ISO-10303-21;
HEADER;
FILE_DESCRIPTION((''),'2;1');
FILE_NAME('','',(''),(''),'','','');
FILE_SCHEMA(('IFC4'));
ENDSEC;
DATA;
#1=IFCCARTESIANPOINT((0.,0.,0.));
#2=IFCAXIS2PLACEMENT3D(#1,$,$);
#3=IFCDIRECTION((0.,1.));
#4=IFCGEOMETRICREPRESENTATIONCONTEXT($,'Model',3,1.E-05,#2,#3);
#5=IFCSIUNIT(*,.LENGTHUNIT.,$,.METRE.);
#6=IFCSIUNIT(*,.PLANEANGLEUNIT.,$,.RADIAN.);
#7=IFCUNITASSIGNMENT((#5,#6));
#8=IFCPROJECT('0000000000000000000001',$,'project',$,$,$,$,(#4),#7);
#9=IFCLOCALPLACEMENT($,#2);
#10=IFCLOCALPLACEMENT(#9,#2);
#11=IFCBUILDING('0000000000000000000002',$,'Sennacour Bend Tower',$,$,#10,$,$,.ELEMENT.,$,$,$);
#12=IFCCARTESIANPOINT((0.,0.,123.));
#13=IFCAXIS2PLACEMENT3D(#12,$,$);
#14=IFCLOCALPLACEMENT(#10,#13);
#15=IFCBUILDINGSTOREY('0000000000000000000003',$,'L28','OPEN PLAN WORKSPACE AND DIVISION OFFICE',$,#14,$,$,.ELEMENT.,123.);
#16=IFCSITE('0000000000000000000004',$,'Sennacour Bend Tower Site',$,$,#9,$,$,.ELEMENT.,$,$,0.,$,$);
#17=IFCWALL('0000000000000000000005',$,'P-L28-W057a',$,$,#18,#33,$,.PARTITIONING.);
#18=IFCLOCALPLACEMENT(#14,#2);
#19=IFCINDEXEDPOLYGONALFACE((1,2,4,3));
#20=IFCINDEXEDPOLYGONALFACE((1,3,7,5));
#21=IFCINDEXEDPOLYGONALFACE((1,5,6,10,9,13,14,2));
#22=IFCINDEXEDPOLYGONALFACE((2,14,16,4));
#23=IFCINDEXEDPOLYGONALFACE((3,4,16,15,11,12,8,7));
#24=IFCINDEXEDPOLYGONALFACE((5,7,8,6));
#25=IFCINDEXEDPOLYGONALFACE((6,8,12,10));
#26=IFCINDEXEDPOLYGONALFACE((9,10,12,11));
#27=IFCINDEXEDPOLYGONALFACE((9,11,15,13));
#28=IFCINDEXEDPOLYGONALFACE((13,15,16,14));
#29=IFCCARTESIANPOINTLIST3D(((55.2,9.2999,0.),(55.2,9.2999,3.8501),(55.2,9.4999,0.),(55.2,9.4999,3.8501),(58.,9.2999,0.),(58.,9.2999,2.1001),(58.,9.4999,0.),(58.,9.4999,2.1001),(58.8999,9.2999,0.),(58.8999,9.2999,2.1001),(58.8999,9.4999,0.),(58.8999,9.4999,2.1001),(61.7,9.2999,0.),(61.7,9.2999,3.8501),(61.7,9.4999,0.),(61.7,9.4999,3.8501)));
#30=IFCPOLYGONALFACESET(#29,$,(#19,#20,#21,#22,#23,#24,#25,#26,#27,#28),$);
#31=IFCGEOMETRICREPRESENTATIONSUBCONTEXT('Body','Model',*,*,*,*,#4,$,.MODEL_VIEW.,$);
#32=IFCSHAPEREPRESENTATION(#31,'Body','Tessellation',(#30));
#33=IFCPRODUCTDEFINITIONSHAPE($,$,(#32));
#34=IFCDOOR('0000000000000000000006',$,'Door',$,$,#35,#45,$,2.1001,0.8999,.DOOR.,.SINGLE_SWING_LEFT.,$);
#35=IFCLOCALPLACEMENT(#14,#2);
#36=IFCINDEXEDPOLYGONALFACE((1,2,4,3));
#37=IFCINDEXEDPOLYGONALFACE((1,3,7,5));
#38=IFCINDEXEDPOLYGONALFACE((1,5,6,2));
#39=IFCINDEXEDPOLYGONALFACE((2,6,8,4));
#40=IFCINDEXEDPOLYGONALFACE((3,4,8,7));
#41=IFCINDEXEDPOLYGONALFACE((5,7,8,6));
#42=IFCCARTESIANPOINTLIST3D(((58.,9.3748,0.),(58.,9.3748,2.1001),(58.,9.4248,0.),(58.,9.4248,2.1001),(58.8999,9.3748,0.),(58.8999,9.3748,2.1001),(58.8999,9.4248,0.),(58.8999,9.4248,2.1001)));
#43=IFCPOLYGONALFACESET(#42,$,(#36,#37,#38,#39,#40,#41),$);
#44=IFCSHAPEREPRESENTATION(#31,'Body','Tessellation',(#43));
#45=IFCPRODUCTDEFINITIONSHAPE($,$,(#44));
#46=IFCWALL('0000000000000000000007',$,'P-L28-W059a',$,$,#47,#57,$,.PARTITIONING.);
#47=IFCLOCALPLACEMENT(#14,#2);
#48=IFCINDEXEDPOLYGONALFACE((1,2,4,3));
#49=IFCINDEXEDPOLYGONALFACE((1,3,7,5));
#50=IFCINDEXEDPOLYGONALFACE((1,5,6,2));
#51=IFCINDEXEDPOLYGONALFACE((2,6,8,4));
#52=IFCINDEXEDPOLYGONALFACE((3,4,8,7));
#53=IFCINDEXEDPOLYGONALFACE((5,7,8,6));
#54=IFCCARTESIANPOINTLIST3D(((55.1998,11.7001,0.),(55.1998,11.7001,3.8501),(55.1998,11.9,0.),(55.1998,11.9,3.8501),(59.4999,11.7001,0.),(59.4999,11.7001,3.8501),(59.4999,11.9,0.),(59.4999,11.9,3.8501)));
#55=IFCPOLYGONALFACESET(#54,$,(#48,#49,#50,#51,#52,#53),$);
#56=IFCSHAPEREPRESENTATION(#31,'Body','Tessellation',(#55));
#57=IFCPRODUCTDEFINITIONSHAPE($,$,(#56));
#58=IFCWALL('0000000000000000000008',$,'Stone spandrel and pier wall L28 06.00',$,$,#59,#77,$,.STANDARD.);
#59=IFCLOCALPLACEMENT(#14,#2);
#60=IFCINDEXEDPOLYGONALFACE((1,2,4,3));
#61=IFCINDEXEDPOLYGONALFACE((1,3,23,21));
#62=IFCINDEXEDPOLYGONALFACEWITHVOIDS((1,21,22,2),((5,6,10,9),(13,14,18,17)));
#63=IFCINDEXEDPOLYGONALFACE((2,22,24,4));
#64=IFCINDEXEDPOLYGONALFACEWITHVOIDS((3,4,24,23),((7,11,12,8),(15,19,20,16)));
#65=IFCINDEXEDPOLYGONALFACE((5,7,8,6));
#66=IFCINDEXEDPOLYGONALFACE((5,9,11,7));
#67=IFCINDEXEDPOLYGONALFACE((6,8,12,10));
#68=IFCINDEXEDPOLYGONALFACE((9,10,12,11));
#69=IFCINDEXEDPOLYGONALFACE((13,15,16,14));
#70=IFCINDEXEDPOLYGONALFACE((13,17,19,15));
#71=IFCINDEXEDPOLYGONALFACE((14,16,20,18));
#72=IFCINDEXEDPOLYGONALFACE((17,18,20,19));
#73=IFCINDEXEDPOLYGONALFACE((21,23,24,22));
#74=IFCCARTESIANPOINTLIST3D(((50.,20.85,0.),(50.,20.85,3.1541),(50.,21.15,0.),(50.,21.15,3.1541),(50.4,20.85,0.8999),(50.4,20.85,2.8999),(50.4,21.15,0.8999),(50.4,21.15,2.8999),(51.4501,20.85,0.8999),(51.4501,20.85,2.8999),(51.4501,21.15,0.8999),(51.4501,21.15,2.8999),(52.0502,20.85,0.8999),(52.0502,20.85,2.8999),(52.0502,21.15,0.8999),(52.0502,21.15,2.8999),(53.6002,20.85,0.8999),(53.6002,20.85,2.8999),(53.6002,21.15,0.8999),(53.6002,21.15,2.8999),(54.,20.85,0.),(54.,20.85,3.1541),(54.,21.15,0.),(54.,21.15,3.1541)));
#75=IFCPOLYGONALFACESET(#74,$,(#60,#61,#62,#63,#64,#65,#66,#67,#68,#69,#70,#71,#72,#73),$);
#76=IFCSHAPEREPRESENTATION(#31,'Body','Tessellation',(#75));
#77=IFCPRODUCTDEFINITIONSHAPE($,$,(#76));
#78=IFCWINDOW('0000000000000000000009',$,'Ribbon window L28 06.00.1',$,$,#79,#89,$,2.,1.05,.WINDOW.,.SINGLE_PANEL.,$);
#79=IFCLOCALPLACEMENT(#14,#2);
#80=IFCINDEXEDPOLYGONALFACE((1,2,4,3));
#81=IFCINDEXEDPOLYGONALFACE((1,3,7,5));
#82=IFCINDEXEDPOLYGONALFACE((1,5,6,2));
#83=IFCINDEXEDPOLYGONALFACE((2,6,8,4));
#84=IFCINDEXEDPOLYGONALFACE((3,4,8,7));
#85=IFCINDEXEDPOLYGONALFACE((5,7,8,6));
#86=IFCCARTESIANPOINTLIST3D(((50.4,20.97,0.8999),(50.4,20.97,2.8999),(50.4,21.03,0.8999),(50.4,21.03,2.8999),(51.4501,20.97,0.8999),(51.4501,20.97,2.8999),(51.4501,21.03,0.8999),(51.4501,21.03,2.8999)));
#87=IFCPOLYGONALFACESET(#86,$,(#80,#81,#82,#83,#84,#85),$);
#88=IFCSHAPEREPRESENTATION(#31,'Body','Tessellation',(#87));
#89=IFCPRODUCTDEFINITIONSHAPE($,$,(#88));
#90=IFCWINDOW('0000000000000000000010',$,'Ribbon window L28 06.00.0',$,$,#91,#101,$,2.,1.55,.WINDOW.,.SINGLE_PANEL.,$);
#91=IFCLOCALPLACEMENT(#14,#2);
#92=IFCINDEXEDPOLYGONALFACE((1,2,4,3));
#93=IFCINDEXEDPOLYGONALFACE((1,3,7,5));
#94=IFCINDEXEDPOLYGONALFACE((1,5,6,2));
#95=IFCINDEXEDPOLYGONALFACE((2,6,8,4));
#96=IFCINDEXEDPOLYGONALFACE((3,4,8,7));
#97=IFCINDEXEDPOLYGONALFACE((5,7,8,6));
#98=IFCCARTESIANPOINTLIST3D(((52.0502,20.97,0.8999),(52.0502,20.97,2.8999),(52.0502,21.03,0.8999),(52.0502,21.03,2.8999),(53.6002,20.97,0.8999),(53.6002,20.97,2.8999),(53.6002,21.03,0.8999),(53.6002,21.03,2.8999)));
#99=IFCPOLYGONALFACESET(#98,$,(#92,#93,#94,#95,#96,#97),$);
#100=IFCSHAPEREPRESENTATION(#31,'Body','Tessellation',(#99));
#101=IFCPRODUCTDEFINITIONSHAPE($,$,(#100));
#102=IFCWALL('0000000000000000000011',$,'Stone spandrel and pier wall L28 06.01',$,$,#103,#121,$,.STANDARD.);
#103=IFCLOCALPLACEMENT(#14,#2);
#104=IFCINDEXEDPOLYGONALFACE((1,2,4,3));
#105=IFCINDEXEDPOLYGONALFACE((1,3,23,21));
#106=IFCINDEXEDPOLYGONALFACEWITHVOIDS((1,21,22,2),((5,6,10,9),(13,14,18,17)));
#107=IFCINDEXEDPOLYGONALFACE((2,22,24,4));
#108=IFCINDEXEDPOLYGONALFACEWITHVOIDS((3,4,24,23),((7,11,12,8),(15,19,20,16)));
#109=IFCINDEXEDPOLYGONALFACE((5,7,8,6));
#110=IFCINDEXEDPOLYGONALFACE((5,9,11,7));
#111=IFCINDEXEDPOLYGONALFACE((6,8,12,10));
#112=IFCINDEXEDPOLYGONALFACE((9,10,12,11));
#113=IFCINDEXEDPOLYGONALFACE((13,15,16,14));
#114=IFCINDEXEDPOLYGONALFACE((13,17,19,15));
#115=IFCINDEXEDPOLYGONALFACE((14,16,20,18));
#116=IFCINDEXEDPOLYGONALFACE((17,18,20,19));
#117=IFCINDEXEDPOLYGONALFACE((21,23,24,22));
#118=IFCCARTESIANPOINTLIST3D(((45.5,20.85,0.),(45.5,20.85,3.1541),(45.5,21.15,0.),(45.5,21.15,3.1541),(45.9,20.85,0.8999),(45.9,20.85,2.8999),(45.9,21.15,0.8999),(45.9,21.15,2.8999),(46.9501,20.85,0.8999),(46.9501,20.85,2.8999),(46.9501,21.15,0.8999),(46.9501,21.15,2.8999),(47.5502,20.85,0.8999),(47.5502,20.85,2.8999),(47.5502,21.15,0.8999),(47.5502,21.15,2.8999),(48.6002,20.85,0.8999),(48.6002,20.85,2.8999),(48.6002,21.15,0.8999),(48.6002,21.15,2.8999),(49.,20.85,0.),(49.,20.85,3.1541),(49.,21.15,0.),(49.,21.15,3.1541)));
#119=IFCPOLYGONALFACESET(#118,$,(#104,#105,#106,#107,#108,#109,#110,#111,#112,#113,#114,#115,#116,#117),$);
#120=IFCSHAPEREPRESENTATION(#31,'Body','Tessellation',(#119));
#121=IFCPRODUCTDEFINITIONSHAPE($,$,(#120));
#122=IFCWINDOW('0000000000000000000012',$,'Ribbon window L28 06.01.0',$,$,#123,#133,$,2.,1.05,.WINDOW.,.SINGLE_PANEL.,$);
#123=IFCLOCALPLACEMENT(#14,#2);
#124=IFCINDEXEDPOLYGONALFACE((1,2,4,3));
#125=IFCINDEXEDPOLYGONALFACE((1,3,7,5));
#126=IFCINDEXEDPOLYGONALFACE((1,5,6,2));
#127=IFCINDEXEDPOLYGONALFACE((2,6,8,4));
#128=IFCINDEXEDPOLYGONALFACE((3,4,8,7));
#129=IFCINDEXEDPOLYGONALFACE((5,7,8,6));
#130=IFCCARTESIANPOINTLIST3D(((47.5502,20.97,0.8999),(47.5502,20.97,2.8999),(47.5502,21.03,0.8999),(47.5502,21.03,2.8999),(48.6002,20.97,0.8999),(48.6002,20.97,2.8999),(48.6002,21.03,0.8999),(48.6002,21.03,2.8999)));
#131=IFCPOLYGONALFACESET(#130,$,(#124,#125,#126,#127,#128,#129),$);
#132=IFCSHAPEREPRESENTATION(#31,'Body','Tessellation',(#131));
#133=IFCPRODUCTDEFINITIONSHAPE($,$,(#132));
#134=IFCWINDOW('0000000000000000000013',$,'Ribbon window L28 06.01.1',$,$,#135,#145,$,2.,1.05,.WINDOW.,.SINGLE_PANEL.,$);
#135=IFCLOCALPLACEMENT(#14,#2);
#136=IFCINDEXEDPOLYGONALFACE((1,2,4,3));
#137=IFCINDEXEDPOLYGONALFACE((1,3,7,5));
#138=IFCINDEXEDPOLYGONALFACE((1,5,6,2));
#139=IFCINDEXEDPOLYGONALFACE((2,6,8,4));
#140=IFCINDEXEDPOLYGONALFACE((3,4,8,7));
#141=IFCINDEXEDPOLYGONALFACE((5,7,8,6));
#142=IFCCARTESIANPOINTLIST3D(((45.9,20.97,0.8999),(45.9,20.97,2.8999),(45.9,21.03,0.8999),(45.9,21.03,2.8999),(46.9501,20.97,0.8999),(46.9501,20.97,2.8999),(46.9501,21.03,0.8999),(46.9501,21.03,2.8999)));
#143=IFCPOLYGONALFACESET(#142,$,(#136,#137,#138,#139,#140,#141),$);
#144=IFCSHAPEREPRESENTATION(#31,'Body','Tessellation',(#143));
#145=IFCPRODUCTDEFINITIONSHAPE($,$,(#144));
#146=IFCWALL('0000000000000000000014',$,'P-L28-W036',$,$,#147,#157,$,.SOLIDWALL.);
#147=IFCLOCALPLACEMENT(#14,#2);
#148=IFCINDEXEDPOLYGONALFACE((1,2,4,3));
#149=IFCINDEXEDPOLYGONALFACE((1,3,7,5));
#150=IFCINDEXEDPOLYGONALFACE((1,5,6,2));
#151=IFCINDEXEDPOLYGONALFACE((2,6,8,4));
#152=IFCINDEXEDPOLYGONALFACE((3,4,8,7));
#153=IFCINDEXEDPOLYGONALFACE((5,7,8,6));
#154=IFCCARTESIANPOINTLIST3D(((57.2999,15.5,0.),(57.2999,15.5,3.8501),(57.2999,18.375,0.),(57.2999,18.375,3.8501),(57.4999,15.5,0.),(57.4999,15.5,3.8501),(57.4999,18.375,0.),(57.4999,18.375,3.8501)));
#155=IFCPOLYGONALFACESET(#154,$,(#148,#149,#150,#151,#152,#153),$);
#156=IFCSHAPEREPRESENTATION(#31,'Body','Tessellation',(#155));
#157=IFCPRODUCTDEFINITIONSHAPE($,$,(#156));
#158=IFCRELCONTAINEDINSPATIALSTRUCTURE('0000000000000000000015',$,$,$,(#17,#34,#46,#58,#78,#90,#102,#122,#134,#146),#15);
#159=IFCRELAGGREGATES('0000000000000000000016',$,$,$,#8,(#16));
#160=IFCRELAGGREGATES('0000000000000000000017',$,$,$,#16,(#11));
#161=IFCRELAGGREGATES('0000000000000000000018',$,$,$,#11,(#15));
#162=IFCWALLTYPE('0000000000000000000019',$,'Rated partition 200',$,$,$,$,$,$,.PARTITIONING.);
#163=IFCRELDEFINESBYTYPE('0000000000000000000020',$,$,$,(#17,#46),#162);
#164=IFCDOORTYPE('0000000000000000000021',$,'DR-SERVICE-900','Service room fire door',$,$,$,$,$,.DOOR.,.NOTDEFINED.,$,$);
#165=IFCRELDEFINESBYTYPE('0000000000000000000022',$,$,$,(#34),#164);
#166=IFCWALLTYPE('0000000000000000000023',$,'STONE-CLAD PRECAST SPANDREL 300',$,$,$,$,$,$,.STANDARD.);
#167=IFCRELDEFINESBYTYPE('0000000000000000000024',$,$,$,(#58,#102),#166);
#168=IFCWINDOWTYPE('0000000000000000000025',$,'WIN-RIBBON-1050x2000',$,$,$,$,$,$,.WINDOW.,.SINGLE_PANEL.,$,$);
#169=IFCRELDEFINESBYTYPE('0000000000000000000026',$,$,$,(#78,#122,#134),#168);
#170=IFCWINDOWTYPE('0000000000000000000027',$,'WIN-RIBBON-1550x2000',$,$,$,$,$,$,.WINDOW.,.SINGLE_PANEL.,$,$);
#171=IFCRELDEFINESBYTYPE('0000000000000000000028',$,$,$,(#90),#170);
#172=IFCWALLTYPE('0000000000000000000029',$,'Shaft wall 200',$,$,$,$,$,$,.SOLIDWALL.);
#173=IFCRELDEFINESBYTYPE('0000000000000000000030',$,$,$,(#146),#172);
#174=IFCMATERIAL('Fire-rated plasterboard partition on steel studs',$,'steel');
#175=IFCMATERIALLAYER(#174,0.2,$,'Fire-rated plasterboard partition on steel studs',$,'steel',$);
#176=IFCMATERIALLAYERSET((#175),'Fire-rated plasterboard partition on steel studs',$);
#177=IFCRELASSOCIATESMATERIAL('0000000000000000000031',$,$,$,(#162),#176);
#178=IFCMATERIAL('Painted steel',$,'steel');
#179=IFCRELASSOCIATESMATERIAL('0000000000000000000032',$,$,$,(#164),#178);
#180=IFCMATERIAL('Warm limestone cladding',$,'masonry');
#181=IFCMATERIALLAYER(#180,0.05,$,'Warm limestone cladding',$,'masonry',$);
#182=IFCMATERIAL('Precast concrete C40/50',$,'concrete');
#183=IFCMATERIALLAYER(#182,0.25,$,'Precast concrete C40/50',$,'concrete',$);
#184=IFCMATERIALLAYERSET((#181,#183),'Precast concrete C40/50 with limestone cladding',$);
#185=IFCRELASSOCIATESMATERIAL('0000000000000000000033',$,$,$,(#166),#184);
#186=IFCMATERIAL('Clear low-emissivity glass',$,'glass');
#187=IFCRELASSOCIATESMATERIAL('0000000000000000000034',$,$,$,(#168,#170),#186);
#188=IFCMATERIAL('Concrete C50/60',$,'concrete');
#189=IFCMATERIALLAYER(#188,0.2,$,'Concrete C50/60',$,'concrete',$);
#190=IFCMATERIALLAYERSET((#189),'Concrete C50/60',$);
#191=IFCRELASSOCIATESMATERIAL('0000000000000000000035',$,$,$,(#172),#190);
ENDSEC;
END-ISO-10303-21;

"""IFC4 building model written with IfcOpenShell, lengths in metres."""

from ifc_helpers import new_model, si_unit, direction, frame, frame_2d, origin, place, context, subcontext, project, spatial, rectangle, extrude, material, layer, layer_set, type_object, element, fill, save


model = new_model("IFC4")

# Units and contexts
model_context = context("Model", 3, precision=1e-05, world=origin(), true_north=direction((0.0, 1.0)))
body_context = subcontext(model_context, "Body", "Model", "MODEL_VIEW")
ifc_project = project(units=[si_unit("LENGTHUNIT", "METRE"), si_unit("PLANEANGLEUNIT", "RADIAN")], contexts=[model_context])

# Site, building, storey
site_placement = place(None, origin())
site = spatial("IfcSite", under=ifc_project, at=site_placement, Name="Sennacour Bend Tower Site", CompositionType="ELEMENT", RefElevation=0.0)
building_placement = place(site_placement, origin())
building = spatial("IfcBuilding", under=site, at=building_placement, Name="Sennacour Bend Tower", CompositionType="ELEMENT")
storey_placement = place(building_placement, frame((0.0, 0.0, 123.0)))
storey = spatial("IfcBuildingStorey", under=building, at=storey_placement, Name="L28", Description="OPEN PLAN WORKSPACE AND DIVISION OFFICE", CompositionType="ELEMENT", Elevation=123.0)

# Wall, opening, door
ifc_material_1 = material(Name="Fire-rated plasterboard partition on steel studs", Category="steel")
ifc_layer_1 = layer(ifc_material_1, 0.2, Name="Fire-rated plasterboard partition on steel studs", Category="steel")
ifc_layer_set_1 = layer_set([ifc_layer_1], Name="Fire-rated plasterboard partition on steel studs")
wall_type_1 = type_object("IfcWallType", Name="Rated partition 200", PredefinedType="PARTITIONING", material=ifc_layer_set_1)
wall_1_placement = place(storey_placement, frame((55.2, 9.3999, 0.0), z_axis=(0.0, 0.0, 1.0), x_axis=(1.0, 0.0, 0.0)))
wall_1 = element("IfcWall", 1, at=wall_1_placement, inside=storey, type_object=wall_type_1, Name="P-L28-W057a", PredefinedType="PARTITIONING", context=body_context, shape_type="SweptSolid", body=[
    extrude(rectangle(XDim=6.5, YDim=0.2, at=frame_2d((3.25, 0.0))), origin(), (0.0, 0.0, 1.0), 3.8501),
])
opening_1_placement = place(wall_1_placement, frame((2.8, 0.0, 0.0)))
opening_1 = element("IfcOpeningElement", 2, at=opening_1_placement, cuts=wall_1, PredefinedType="OPENING", context=body_context, shape_type="SweptSolid", body=[
    extrude(rectangle(XDim=0.8999, YDim=2.1001, at=frame_2d((0.45, 1.05))), frame((0.0, 0.1099, 0.0), z_axis=(0.0, -1.0, 0.0), x_axis=(1.0, 0.0, 0.0)), (0.0, 0.0, 1.0), 0.22),
])
ifc_material_2 = material(Name="Painted steel", Category="steel")
door_type_1 = type_object("IfcDoorType", Name="DR-SERVICE-900", Description="Service room fire door", OperationType="NOTDEFINED", PredefinedType="DOOR", material=ifc_material_2)
door_1_placement = place(opening_1_placement, origin())
door_1 = element("IfcDoor", 3, at=door_1_placement, inside=storey, type_object=door_type_1, Name="Door", OperationType="SINGLE_SWING_LEFT", OverallHeight=2.1001, OverallWidth=0.8999, PredefinedType="DOOR", context=body_context, shape_type="SweptSolid", body=[
    extrude(rectangle(XDim=0.8999, YDim=2.1001, at=frame_2d((0.45, 1.05))), frame((0.0, 0.0249, 0.0), z_axis=(0.0, -1.0, 0.0), x_axis=(1.0, 0.0, 0.0)), (0.0, 0.0, 1.0), 0.05),
])
fill(opening_1, door_1)

# Wall
wall_2_placement = place(storey_placement, frame((55.2, 11.8, 0.0), z_axis=(0.0, 0.0, 1.0), x_axis=(1.0, 0.0, 0.0)))
element("IfcWall", 4, at=wall_2_placement, inside=storey, type_object=wall_type_1, Name="P-L28-W059a", PredefinedType="PARTITIONING", context=body_context, shape_type="SweptSolid", body=[
    extrude(rectangle(XDim=4.3, YDim=0.2, at=frame_2d((2.1499, 0.0))), origin(), (0.0, 0.0, 1.0), 3.8501),
])

# Walls, openings, windows
ifc_material_3 = material(Name="Warm limestone cladding", Category="masonry")
ifc_layer_2 = layer(ifc_material_3, 0.05, Name="Warm limestone cladding", Category="masonry")
ifc_material_4 = material(Name="Precast concrete C40/50", Category="concrete")
ifc_layer_3 = layer(ifc_material_4, 0.25, Name="Precast concrete C40/50", Category="concrete")
ifc_layer_set_2 = layer_set([ifc_layer_2, ifc_layer_3], Name="Precast concrete C40/50 with limestone cladding")
wall_type_2 = type_object("IfcWallType", Name="STONE-CLAD PRECAST SPANDREL 300", PredefinedType="STANDARD", material=ifc_layer_set_2)
wall_3_placement = place(storey_placement, frame((54.0, 21.0, 0.0), z_axis=(0.0, 0.0, 1.0), x_axis=(-1.0, 0.0, 0.0)))
wall_3 = element("IfcWall", 5, at=wall_3_placement, inside=storey, type_object=wall_type_2, Name="Stone spandrel and pier wall L28 06.00", PredefinedType="STANDARD", context=body_context, shape_type="SweptSolid", body=[
    extrude(rectangle(XDim=4.0, YDim=0.3, at=frame_2d((2.0, 0.0))), origin(), (0.0, 0.0, 1.0), 3.1541),
])
opening_2_placement = place(wall_3_placement, frame((0.3999, 0.0, 0.8999)))
opening_2 = element("IfcOpeningElement", 6, at=opening_2_placement, cuts=wall_3, PredefinedType="OPENING", context=body_context, shape_type="SweptSolid", body=[
    extrude(rectangle(XDim=1.55, YDim=2.0, at=frame_2d((0.7749, 1.0))), frame((0.0, 0.1602, 0.0), z_axis=(0.0, -1.0, 0.0), x_axis=(1.0, 0.0, 0.0)), (0.0, 0.0, 1.0), 0.3201),
])
opening_3_placement = place(wall_3_placement, frame((2.55, 0.0, 0.8999)))
opening_3 = element("IfcOpeningElement", 7, at=opening_3_placement, cuts=wall_3, PredefinedType="OPENING", context=body_context, shape_type="SweptSolid", body=[
    extrude(rectangle(XDim=1.05, YDim=2.0, at=frame_2d((0.5249, 1.0))), frame((0.0, 0.1602, 0.0), z_axis=(0.0, -1.0, 0.0), x_axis=(1.0, 0.0, 0.0)), (0.0, 0.0, 1.0), 0.3201),
])
ifc_material_5 = material(Name="Clear low-emissivity glass", Category="glass")
window_type_1 = type_object("IfcWindowType", Name="WIN-RIBBON-1050x2000", PartitioningType="SINGLE_PANEL", PredefinedType="WINDOW", material=ifc_material_5)
window_1_placement = place(opening_3_placement, origin())
window_1 = element("IfcWindow", 8, at=window_1_placement, inside=storey, type_object=window_type_1, Name="Ribbon window L28 06.00.1", OverallHeight=2.0, OverallWidth=1.05, PartitioningType="SINGLE_PANEL", PredefinedType="WINDOW", context=body_context, shape_type="SweptSolid", body=[
    extrude(rectangle(XDim=1.05, YDim=2.0, at=frame_2d((0.5249, 1.0))), frame((0.0, 0.03, 0.0), z_axis=(0.0, -1.0, 0.0), x_axis=(1.0, 0.0, 0.0)), (0.0, 0.0, 1.0), 0.0601),
])
fill(opening_3, window_1)
window_type_2 = type_object("IfcWindowType", Name="WIN-RIBBON-1550x2000", PartitioningType="SINGLE_PANEL", PredefinedType="WINDOW", material=ifc_material_5)
window_2_placement = place(opening_2_placement, origin())
window_2 = element("IfcWindow", 9, at=window_2_placement, inside=storey, type_object=window_type_2, Name="Ribbon window L28 06.00.0", OverallHeight=2.0, OverallWidth=1.55, PartitioningType="SINGLE_PANEL", PredefinedType="WINDOW", context=body_context, shape_type="SweptSolid", body=[
    extrude(rectangle(XDim=1.55, YDim=2.0, at=frame_2d((0.7749, 1.0))), frame((0.0, 0.03, 0.0), z_axis=(0.0, -1.0, 0.0), x_axis=(1.0, 0.0, 0.0)), (0.0, 0.0, 1.0), 0.0601),
])
fill(opening_2, window_2)
wall_4_placement = place(storey_placement, frame((49.0, 21.0, 0.0), z_axis=(0.0, 0.0, 1.0), x_axis=(-1.0, 0.0, 0.0)))
wall_4 = element("IfcWall", 10, at=wall_4_placement, inside=storey, type_object=wall_type_2, Name="Stone spandrel and pier wall L28 06.01", PredefinedType="STANDARD", context=body_context, shape_type="SweptSolid", body=[
    extrude(rectangle(XDim=3.5, YDim=0.3, at=frame_2d((1.75, 0.0))), origin(), (0.0, 0.0, 1.0), 3.1541),
])
opening_4_placement = place(wall_4_placement, frame((0.3999, 0.0, 0.8999)))
opening_4 = element("IfcOpeningElement", 11, at=opening_4_placement, cuts=wall_4, PredefinedType="OPENING", context=body_context, shape_type="SweptSolid", body=[
    extrude(rectangle(XDim=1.05, YDim=2.0, at=frame_2d((0.5249, 1.0))), frame((0.0, 0.1602, 0.0), z_axis=(0.0, -1.0, 0.0), x_axis=(1.0, 0.0, 0.0)), (0.0, 0.0, 1.0), 0.3201),
])
opening_5_placement = place(wall_4_placement, frame((2.05, 0.0, 0.8999)))
opening_5 = element("IfcOpeningElement", 12, at=opening_5_placement, cuts=wall_4, PredefinedType="OPENING", context=body_context, shape_type="SweptSolid", body=[
    extrude(rectangle(XDim=1.05, YDim=2.0, at=frame_2d((0.5249, 1.0))), frame((0.0, 0.1602, 0.0), z_axis=(0.0, -1.0, 0.0), x_axis=(1.0, 0.0, 0.0)), (0.0, 0.0, 1.0), 0.3201),
])
window_3_placement = place(opening_4_placement, origin())
window_3 = element("IfcWindow", 13, at=window_3_placement, inside=storey, type_object=window_type_1, Name="Ribbon window L28 06.01.0", OverallHeight=2.0, OverallWidth=1.05, PartitioningType="SINGLE_PANEL", PredefinedType="WINDOW", context=body_context, shape_type="SweptSolid", body=[
    extrude(rectangle(XDim=1.05, YDim=2.0, at=frame_2d((0.5249, 1.0))), frame((0.0, 0.03, 0.0), z_axis=(0.0, -1.0, 0.0), x_axis=(1.0, 0.0, 0.0)), (0.0, 0.0, 1.0), 0.0601),
])
fill(opening_4, window_3)
window_4_placement = place(opening_5_placement, origin())
window_4 = element("IfcWindow", 14, at=window_4_placement, inside=storey, type_object=window_type_1, Name="Ribbon window L28 06.01.1", OverallHeight=2.0, OverallWidth=1.05, PartitioningType="SINGLE_PANEL", PredefinedType="WINDOW", context=body_context, shape_type="SweptSolid", body=[
    extrude(rectangle(XDim=1.05, YDim=2.0, at=frame_2d((0.5249, 1.0))), frame((0.0, 0.03, 0.0), z_axis=(0.0, -1.0, 0.0), x_axis=(1.0, 0.0, 0.0)), (0.0, 0.0, 1.0), 0.0601),
])
fill(opening_5, window_4)

# Wall
ifc_material_6 = material(Name="Concrete C50/60", Category="concrete")
ifc_layer_4 = layer(ifc_material_6, 0.2, Name="Concrete C50/60", Category="concrete")
ifc_layer_set_3 = layer_set([ifc_layer_4], Name="Concrete C50/60")
wall_type_3 = type_object("IfcWallType", Name="Shaft wall 200", PredefinedType="SOLIDWALL", material=ifc_layer_set_3)
wall_5_placement = place(storey_placement, frame((57.3999, 15.5, 0.0), z_axis=(0.0, 0.0, 1.0), x_axis=(0.0, 1.0, 0.0)))
element("IfcWall", 15, at=wall_5_placement, inside=storey, type_object=wall_type_3, Name="P-L28-W036", PredefinedType="SOLIDWALL", context=body_context, shape_type="SweptSolid", body=[
    extrude(rectangle(XDim=2.875, YDim=0.2, at=frame_2d((1.4375, 0.0))), origin(), (0.0, 0.0, 1.0), 3.8501),
])

save(model, "model.ifc")
